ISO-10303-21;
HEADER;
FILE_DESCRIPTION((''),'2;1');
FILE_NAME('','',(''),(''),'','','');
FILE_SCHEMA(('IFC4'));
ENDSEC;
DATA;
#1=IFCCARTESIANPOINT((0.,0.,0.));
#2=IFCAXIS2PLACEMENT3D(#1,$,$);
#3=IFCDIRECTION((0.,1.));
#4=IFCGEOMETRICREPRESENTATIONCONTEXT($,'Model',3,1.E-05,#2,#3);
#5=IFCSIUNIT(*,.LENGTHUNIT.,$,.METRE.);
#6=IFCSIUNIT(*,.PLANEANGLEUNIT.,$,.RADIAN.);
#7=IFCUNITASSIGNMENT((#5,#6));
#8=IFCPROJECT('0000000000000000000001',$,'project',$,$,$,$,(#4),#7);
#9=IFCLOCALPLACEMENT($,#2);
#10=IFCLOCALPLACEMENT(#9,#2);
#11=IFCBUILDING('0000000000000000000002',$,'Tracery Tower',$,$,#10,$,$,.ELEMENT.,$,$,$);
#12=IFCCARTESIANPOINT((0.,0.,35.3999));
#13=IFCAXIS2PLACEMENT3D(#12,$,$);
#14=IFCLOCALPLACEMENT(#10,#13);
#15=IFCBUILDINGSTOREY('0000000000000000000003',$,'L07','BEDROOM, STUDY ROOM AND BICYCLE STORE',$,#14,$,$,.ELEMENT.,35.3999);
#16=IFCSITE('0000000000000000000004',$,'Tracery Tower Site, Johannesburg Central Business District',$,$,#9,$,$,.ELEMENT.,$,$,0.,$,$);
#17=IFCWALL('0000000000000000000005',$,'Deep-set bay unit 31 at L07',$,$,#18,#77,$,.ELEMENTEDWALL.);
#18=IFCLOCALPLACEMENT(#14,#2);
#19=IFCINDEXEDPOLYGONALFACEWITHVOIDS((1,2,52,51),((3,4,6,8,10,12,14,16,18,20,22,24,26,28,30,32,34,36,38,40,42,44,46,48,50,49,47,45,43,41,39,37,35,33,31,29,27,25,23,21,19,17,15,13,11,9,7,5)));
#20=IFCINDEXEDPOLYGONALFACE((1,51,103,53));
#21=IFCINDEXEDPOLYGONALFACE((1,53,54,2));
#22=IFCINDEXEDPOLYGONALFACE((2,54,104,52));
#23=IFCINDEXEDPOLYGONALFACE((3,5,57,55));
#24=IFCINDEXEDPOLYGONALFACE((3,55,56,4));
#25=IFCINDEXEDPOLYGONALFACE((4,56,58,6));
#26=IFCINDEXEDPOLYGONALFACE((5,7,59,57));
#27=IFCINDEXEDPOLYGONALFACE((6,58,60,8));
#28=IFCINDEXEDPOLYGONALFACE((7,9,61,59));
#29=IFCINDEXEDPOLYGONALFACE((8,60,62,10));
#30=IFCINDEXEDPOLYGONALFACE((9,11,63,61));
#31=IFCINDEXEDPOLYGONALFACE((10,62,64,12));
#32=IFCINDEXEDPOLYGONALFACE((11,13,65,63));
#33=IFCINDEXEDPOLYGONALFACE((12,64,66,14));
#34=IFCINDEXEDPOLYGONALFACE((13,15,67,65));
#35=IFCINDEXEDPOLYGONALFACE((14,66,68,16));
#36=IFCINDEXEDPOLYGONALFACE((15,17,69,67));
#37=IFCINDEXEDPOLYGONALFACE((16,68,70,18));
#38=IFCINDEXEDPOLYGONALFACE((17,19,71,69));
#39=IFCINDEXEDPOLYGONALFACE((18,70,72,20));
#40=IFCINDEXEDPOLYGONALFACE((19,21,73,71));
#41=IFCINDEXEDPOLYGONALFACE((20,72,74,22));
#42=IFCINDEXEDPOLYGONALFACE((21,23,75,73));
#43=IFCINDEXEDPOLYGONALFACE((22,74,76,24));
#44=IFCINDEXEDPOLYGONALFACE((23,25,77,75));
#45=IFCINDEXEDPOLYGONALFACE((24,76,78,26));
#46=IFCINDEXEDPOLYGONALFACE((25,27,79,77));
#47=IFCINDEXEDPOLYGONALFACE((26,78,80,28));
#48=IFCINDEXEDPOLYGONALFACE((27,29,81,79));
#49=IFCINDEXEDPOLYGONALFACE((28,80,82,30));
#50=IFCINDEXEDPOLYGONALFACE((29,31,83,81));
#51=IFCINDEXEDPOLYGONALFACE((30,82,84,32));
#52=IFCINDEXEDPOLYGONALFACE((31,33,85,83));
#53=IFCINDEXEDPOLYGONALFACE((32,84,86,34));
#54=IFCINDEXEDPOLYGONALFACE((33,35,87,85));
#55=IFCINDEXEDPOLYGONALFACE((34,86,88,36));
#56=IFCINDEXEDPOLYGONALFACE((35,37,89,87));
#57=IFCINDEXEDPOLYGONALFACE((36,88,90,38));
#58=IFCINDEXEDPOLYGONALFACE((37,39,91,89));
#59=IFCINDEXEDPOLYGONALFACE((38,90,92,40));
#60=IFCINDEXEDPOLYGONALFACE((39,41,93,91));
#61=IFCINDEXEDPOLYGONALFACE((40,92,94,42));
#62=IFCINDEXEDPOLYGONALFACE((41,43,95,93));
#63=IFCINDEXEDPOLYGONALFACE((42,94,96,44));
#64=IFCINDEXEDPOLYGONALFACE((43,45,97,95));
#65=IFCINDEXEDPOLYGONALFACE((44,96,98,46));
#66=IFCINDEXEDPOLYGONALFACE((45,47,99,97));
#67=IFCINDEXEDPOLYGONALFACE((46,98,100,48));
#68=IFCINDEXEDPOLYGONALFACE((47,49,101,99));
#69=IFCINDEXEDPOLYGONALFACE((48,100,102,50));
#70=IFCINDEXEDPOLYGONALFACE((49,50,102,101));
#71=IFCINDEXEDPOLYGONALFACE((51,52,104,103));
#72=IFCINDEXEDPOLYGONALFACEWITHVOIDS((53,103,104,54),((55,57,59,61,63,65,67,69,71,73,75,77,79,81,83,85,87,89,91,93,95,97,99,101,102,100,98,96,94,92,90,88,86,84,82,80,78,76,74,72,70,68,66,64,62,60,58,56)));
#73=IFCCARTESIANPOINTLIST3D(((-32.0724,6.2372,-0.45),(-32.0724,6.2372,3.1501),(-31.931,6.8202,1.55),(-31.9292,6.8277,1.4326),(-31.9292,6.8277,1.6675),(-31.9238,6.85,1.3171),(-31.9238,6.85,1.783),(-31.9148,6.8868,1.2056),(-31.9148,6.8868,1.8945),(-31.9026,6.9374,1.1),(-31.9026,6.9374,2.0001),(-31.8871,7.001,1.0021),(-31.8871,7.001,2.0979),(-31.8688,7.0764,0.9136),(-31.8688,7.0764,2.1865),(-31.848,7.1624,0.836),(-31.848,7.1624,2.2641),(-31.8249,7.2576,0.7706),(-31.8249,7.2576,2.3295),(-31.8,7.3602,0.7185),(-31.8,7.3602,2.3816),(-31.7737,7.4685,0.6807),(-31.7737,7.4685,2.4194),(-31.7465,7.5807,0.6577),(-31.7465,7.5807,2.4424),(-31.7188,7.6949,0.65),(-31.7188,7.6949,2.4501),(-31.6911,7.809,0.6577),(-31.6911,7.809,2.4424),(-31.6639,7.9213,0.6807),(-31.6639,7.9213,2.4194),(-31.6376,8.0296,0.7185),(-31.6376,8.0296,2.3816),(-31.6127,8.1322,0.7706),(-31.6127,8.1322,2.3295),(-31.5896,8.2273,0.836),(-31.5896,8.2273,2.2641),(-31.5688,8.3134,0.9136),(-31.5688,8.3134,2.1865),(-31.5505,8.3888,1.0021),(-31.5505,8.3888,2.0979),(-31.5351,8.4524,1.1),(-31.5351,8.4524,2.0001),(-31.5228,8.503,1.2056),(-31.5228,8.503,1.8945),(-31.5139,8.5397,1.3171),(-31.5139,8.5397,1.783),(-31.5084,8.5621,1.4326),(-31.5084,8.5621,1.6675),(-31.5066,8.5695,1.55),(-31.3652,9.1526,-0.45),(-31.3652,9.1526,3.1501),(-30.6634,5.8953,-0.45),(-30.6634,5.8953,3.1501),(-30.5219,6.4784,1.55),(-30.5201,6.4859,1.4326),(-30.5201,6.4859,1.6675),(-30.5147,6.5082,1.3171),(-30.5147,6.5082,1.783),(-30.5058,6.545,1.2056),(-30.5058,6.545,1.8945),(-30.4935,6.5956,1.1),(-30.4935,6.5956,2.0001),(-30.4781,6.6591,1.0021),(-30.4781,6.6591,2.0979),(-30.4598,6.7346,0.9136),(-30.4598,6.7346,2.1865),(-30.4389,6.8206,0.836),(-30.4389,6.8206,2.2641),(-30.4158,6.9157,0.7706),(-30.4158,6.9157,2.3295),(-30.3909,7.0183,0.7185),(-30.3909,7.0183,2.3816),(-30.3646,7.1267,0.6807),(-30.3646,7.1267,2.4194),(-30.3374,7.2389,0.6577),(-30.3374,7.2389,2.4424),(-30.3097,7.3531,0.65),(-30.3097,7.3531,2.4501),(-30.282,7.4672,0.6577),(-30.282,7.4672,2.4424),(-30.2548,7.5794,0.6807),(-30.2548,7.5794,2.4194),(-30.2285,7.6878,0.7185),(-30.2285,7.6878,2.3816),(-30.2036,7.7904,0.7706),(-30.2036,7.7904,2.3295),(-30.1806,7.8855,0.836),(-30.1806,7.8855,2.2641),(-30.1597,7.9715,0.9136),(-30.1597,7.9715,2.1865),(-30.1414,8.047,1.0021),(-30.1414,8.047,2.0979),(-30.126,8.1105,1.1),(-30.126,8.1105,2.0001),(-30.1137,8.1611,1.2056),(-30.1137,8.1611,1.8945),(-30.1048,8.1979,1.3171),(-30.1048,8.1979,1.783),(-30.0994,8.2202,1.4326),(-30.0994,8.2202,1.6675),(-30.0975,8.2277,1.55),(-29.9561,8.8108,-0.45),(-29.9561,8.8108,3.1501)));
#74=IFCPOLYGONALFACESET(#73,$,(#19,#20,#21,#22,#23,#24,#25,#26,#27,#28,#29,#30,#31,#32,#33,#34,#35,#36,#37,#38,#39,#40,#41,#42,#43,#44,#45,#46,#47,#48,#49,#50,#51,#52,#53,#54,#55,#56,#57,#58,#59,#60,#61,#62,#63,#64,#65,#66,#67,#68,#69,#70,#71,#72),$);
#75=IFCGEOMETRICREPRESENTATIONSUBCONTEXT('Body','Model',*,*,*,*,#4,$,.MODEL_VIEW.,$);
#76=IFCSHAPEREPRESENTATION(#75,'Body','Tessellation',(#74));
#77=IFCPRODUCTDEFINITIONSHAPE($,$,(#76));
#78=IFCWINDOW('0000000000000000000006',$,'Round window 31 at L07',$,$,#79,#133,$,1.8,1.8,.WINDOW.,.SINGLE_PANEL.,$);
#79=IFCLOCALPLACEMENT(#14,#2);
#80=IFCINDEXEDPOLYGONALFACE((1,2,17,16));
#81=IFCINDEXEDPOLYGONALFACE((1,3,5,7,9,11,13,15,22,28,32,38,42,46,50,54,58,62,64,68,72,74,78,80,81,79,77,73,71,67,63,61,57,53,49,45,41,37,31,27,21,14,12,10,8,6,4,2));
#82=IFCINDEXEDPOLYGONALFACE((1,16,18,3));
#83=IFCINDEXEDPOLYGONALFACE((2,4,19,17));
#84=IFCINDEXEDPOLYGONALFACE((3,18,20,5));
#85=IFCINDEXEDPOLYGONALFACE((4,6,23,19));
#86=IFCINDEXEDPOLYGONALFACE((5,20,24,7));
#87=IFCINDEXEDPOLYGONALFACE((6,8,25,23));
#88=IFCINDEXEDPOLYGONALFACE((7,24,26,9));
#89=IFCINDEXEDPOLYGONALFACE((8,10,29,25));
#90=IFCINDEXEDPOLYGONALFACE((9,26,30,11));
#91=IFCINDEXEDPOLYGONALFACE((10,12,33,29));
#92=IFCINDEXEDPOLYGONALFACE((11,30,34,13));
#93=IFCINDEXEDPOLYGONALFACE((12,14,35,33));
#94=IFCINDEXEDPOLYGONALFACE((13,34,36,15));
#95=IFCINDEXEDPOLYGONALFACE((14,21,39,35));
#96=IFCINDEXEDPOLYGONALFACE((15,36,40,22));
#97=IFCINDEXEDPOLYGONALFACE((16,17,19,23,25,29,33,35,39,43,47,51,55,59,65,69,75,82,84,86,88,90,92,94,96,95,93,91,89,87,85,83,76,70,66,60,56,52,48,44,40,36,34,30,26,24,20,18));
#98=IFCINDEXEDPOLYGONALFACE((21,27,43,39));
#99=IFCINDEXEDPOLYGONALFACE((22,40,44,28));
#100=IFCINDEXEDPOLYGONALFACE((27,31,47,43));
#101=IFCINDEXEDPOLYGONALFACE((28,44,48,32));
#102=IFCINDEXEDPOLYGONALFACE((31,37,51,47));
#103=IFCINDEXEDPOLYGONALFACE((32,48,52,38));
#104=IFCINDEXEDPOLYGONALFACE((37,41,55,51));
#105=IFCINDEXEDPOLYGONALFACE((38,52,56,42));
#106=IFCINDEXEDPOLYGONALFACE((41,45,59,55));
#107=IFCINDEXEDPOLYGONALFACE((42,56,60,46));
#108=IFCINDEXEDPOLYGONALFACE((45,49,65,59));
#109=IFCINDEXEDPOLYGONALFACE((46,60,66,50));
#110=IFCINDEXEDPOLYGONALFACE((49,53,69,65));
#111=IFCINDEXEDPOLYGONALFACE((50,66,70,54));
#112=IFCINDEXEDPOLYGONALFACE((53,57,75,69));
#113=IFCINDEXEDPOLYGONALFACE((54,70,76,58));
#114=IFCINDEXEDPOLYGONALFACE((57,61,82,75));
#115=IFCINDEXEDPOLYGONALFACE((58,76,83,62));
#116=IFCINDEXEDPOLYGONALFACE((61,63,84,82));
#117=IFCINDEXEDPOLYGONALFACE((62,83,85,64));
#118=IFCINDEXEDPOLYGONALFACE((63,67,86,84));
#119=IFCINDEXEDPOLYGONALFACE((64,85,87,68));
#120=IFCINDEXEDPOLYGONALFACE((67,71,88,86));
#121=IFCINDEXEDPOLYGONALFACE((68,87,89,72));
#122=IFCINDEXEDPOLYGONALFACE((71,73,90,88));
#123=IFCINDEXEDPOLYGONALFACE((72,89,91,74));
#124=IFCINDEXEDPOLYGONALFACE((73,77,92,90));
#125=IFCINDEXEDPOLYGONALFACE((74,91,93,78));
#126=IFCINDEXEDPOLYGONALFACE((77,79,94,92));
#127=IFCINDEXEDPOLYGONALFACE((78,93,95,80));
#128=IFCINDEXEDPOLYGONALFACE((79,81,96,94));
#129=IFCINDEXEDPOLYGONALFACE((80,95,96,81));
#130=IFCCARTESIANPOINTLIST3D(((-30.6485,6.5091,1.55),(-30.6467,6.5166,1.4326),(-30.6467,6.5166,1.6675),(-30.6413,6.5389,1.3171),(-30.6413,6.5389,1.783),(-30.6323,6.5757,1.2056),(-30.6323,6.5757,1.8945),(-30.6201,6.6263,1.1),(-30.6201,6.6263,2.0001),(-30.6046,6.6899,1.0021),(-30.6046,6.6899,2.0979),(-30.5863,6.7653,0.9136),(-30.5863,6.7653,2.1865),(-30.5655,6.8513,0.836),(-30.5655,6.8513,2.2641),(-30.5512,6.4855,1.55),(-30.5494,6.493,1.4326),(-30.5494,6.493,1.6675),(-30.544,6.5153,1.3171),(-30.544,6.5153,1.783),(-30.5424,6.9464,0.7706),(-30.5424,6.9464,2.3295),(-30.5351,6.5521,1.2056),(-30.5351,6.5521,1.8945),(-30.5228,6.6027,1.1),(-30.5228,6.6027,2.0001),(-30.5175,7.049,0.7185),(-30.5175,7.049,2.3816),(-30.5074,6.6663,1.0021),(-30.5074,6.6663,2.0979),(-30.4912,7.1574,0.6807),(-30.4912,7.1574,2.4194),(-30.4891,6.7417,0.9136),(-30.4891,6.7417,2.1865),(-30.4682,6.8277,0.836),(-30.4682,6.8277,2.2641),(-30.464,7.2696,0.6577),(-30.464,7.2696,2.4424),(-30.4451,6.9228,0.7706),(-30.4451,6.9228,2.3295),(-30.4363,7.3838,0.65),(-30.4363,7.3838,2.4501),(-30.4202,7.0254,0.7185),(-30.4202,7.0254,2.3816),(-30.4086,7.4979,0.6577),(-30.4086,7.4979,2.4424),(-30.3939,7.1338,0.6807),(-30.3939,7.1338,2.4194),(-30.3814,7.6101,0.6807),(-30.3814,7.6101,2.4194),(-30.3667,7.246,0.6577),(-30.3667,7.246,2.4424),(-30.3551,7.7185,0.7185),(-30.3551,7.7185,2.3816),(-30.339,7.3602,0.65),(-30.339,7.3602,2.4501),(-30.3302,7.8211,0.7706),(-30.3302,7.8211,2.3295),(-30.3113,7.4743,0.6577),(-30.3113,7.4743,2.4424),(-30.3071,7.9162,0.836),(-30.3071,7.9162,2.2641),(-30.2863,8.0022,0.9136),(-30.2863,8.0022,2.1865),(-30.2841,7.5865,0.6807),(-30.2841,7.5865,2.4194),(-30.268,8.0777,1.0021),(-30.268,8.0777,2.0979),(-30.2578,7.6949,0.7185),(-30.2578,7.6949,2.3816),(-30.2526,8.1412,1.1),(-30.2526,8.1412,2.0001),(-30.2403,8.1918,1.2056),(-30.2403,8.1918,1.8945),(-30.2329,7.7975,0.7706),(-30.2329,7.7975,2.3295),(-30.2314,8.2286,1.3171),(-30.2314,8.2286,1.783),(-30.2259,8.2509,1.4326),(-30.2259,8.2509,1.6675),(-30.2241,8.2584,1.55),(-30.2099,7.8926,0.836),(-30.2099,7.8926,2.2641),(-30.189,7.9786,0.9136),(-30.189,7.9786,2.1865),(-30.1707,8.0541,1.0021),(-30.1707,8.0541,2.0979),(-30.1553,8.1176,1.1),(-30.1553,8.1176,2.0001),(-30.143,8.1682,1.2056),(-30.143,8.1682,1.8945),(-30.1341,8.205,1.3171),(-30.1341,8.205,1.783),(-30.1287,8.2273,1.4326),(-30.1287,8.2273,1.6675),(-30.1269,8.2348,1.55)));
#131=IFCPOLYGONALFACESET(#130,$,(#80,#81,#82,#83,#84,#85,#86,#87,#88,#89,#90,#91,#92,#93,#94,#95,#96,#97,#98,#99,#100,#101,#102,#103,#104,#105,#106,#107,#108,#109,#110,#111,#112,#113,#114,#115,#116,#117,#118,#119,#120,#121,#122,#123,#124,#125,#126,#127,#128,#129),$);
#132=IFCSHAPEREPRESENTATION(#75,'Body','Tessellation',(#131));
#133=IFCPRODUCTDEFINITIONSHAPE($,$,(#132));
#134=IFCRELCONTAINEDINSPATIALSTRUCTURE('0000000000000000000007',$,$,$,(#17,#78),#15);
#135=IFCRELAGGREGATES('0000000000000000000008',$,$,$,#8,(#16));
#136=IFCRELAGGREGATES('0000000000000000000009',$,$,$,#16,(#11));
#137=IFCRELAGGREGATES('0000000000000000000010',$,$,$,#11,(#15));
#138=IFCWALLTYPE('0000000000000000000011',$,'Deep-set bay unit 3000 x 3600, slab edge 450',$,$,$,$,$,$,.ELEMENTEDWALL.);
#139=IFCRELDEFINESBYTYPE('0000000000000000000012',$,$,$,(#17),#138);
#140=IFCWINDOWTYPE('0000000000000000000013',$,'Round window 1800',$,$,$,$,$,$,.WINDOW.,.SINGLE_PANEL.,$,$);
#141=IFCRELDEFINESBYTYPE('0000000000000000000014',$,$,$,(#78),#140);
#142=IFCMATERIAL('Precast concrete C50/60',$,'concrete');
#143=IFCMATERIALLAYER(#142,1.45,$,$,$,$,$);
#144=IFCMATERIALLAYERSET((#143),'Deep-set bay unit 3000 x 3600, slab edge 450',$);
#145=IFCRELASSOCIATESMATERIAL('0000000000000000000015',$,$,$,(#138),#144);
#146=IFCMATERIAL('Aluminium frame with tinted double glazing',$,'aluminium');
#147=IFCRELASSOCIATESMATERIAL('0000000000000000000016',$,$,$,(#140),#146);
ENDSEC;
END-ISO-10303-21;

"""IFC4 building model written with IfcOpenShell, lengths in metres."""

from ifc_helpers import new_model, si_unit, direction, frame, frame_2d, origin, origin_2d, place, context, subcontext, project, spatial, rectangle, circle, extrude, material, layer, layer_set, type_object, element, fill, save


model = new_model("IFC4")

# Units and contexts
model_context = context("Model", 3, precision=1e-05, world=origin(), true_north=direction((0.0, 1.0)))
body_context = subcontext(model_context, "Body", "Model", "MODEL_VIEW")
ifc_project = project(units=[si_unit("LENGTHUNIT", "METRE"), si_unit("PLANEANGLEUNIT", "RADIAN")], contexts=[model_context])

# Site, building, storey
site_placement = place(None, origin())
site = spatial("IfcSite", under=ifc_project, at=site_placement, Name="Tracery Tower Site, Johannesburg Central Business District", CompositionType="ELEMENT", RefElevation=0.0)
building_placement = place(site_placement, origin())
building = spatial("IfcBuilding", under=site, at=building_placement, Name="Tracery Tower", CompositionType="ELEMENT")
storey_placement = place(building_placement, frame((0.0, 0.0, 35.3999)))
storey = spatial("IfcBuildingStorey", under=building, at=storey_placement, Name="L07", Description="BEDROOM, STUDY ROOM AND BICYCLE STORE", CompositionType="ELEMENT", Elevation=35.3999)

# Wall, opening, window
ifc_material_1 = material(Name="Precast concrete C50/60", Category="concrete")
ifc_layer_1 = layer(ifc_material_1, 1.45)
ifc_layer_set_1 = layer_set([ifc_layer_1], Name="Deep-set bay unit 3000 x 3600, slab edge 450")
wall_type_1 = type_object("IfcWallType", Name="Deep-set bay unit 3000 x 3600, slab edge 450", PredefinedType="ELEMENTEDWALL", material=ifc_layer_set_1)
wall_1_placement = place(storey_placement, frame((-30.6606, 8.9817, -0.45), z_axis=(0.0, 0.0, 1.0), x_axis=(-0.235751, -0.971813, 0.0)))
wall_1 = element("IfcWall", 1, at=wall_1_placement, inside=storey, type_object=wall_type_1, Name="Deep-set bay unit 31 at L07", PredefinedType="ELEMENTEDWALL", context=body_context, shape_type="SweptSolid", body=[
    extrude(rectangle(XDim=3.0, YDim=1.45, at=frame_2d((1.5, 0.0))), origin(), (0.0, 0.0, 1.0), 3.6001),
])
opening_1_placement = place(wall_1_placement, frame((1.5, 0.0, 2.0)))
opening_1 = element("IfcOpeningElement", 2, at=opening_1_placement, cuts=wall_1, PredefinedType="OPENING", context=body_context, shape_type="SweptSolid", body=[
    extrude(circle(Radius=0.9, at=origin_2d()), frame((0.0, 0.7349, 0.0), z_axis=(0.0, -1.0, 0.0), x_axis=(1.0, 0.0, 0.0)), (0.0, 0.0, 1.0), 1.47),
])
ifc_material_2 = material(Name="Aluminium frame with tinted double glazing", Category="aluminium")
window_type = type_object("IfcWindowType", Name="Round window 1800", PartitioningType="SINGLE_PANEL", PredefinedType="WINDOW", material=ifc_material_2)
window_1_placement = place(opening_1_placement, origin())
window_1 = element("IfcWindow", 3, at=window_1_placement, inside=storey, type_object=window_type, Name="Round window 31 at L07", OverallHeight=1.8, OverallWidth=1.8, PartitioningType="SINGLE_PANEL", PredefinedType="WINDOW", context=body_context, shape_type="SweptSolid", body=[
    extrude(circle(Radius=0.9, at=origin_2d()), frame((0.0, 0.6948, 0.0), z_axis=(0.0, -1.0, 0.0), x_axis=(1.0, 0.0, 0.0)), (0.0, 0.0, 1.0), 0.1001),
])
fill(opening_1, window_1)

save(model, "model.ifc")
